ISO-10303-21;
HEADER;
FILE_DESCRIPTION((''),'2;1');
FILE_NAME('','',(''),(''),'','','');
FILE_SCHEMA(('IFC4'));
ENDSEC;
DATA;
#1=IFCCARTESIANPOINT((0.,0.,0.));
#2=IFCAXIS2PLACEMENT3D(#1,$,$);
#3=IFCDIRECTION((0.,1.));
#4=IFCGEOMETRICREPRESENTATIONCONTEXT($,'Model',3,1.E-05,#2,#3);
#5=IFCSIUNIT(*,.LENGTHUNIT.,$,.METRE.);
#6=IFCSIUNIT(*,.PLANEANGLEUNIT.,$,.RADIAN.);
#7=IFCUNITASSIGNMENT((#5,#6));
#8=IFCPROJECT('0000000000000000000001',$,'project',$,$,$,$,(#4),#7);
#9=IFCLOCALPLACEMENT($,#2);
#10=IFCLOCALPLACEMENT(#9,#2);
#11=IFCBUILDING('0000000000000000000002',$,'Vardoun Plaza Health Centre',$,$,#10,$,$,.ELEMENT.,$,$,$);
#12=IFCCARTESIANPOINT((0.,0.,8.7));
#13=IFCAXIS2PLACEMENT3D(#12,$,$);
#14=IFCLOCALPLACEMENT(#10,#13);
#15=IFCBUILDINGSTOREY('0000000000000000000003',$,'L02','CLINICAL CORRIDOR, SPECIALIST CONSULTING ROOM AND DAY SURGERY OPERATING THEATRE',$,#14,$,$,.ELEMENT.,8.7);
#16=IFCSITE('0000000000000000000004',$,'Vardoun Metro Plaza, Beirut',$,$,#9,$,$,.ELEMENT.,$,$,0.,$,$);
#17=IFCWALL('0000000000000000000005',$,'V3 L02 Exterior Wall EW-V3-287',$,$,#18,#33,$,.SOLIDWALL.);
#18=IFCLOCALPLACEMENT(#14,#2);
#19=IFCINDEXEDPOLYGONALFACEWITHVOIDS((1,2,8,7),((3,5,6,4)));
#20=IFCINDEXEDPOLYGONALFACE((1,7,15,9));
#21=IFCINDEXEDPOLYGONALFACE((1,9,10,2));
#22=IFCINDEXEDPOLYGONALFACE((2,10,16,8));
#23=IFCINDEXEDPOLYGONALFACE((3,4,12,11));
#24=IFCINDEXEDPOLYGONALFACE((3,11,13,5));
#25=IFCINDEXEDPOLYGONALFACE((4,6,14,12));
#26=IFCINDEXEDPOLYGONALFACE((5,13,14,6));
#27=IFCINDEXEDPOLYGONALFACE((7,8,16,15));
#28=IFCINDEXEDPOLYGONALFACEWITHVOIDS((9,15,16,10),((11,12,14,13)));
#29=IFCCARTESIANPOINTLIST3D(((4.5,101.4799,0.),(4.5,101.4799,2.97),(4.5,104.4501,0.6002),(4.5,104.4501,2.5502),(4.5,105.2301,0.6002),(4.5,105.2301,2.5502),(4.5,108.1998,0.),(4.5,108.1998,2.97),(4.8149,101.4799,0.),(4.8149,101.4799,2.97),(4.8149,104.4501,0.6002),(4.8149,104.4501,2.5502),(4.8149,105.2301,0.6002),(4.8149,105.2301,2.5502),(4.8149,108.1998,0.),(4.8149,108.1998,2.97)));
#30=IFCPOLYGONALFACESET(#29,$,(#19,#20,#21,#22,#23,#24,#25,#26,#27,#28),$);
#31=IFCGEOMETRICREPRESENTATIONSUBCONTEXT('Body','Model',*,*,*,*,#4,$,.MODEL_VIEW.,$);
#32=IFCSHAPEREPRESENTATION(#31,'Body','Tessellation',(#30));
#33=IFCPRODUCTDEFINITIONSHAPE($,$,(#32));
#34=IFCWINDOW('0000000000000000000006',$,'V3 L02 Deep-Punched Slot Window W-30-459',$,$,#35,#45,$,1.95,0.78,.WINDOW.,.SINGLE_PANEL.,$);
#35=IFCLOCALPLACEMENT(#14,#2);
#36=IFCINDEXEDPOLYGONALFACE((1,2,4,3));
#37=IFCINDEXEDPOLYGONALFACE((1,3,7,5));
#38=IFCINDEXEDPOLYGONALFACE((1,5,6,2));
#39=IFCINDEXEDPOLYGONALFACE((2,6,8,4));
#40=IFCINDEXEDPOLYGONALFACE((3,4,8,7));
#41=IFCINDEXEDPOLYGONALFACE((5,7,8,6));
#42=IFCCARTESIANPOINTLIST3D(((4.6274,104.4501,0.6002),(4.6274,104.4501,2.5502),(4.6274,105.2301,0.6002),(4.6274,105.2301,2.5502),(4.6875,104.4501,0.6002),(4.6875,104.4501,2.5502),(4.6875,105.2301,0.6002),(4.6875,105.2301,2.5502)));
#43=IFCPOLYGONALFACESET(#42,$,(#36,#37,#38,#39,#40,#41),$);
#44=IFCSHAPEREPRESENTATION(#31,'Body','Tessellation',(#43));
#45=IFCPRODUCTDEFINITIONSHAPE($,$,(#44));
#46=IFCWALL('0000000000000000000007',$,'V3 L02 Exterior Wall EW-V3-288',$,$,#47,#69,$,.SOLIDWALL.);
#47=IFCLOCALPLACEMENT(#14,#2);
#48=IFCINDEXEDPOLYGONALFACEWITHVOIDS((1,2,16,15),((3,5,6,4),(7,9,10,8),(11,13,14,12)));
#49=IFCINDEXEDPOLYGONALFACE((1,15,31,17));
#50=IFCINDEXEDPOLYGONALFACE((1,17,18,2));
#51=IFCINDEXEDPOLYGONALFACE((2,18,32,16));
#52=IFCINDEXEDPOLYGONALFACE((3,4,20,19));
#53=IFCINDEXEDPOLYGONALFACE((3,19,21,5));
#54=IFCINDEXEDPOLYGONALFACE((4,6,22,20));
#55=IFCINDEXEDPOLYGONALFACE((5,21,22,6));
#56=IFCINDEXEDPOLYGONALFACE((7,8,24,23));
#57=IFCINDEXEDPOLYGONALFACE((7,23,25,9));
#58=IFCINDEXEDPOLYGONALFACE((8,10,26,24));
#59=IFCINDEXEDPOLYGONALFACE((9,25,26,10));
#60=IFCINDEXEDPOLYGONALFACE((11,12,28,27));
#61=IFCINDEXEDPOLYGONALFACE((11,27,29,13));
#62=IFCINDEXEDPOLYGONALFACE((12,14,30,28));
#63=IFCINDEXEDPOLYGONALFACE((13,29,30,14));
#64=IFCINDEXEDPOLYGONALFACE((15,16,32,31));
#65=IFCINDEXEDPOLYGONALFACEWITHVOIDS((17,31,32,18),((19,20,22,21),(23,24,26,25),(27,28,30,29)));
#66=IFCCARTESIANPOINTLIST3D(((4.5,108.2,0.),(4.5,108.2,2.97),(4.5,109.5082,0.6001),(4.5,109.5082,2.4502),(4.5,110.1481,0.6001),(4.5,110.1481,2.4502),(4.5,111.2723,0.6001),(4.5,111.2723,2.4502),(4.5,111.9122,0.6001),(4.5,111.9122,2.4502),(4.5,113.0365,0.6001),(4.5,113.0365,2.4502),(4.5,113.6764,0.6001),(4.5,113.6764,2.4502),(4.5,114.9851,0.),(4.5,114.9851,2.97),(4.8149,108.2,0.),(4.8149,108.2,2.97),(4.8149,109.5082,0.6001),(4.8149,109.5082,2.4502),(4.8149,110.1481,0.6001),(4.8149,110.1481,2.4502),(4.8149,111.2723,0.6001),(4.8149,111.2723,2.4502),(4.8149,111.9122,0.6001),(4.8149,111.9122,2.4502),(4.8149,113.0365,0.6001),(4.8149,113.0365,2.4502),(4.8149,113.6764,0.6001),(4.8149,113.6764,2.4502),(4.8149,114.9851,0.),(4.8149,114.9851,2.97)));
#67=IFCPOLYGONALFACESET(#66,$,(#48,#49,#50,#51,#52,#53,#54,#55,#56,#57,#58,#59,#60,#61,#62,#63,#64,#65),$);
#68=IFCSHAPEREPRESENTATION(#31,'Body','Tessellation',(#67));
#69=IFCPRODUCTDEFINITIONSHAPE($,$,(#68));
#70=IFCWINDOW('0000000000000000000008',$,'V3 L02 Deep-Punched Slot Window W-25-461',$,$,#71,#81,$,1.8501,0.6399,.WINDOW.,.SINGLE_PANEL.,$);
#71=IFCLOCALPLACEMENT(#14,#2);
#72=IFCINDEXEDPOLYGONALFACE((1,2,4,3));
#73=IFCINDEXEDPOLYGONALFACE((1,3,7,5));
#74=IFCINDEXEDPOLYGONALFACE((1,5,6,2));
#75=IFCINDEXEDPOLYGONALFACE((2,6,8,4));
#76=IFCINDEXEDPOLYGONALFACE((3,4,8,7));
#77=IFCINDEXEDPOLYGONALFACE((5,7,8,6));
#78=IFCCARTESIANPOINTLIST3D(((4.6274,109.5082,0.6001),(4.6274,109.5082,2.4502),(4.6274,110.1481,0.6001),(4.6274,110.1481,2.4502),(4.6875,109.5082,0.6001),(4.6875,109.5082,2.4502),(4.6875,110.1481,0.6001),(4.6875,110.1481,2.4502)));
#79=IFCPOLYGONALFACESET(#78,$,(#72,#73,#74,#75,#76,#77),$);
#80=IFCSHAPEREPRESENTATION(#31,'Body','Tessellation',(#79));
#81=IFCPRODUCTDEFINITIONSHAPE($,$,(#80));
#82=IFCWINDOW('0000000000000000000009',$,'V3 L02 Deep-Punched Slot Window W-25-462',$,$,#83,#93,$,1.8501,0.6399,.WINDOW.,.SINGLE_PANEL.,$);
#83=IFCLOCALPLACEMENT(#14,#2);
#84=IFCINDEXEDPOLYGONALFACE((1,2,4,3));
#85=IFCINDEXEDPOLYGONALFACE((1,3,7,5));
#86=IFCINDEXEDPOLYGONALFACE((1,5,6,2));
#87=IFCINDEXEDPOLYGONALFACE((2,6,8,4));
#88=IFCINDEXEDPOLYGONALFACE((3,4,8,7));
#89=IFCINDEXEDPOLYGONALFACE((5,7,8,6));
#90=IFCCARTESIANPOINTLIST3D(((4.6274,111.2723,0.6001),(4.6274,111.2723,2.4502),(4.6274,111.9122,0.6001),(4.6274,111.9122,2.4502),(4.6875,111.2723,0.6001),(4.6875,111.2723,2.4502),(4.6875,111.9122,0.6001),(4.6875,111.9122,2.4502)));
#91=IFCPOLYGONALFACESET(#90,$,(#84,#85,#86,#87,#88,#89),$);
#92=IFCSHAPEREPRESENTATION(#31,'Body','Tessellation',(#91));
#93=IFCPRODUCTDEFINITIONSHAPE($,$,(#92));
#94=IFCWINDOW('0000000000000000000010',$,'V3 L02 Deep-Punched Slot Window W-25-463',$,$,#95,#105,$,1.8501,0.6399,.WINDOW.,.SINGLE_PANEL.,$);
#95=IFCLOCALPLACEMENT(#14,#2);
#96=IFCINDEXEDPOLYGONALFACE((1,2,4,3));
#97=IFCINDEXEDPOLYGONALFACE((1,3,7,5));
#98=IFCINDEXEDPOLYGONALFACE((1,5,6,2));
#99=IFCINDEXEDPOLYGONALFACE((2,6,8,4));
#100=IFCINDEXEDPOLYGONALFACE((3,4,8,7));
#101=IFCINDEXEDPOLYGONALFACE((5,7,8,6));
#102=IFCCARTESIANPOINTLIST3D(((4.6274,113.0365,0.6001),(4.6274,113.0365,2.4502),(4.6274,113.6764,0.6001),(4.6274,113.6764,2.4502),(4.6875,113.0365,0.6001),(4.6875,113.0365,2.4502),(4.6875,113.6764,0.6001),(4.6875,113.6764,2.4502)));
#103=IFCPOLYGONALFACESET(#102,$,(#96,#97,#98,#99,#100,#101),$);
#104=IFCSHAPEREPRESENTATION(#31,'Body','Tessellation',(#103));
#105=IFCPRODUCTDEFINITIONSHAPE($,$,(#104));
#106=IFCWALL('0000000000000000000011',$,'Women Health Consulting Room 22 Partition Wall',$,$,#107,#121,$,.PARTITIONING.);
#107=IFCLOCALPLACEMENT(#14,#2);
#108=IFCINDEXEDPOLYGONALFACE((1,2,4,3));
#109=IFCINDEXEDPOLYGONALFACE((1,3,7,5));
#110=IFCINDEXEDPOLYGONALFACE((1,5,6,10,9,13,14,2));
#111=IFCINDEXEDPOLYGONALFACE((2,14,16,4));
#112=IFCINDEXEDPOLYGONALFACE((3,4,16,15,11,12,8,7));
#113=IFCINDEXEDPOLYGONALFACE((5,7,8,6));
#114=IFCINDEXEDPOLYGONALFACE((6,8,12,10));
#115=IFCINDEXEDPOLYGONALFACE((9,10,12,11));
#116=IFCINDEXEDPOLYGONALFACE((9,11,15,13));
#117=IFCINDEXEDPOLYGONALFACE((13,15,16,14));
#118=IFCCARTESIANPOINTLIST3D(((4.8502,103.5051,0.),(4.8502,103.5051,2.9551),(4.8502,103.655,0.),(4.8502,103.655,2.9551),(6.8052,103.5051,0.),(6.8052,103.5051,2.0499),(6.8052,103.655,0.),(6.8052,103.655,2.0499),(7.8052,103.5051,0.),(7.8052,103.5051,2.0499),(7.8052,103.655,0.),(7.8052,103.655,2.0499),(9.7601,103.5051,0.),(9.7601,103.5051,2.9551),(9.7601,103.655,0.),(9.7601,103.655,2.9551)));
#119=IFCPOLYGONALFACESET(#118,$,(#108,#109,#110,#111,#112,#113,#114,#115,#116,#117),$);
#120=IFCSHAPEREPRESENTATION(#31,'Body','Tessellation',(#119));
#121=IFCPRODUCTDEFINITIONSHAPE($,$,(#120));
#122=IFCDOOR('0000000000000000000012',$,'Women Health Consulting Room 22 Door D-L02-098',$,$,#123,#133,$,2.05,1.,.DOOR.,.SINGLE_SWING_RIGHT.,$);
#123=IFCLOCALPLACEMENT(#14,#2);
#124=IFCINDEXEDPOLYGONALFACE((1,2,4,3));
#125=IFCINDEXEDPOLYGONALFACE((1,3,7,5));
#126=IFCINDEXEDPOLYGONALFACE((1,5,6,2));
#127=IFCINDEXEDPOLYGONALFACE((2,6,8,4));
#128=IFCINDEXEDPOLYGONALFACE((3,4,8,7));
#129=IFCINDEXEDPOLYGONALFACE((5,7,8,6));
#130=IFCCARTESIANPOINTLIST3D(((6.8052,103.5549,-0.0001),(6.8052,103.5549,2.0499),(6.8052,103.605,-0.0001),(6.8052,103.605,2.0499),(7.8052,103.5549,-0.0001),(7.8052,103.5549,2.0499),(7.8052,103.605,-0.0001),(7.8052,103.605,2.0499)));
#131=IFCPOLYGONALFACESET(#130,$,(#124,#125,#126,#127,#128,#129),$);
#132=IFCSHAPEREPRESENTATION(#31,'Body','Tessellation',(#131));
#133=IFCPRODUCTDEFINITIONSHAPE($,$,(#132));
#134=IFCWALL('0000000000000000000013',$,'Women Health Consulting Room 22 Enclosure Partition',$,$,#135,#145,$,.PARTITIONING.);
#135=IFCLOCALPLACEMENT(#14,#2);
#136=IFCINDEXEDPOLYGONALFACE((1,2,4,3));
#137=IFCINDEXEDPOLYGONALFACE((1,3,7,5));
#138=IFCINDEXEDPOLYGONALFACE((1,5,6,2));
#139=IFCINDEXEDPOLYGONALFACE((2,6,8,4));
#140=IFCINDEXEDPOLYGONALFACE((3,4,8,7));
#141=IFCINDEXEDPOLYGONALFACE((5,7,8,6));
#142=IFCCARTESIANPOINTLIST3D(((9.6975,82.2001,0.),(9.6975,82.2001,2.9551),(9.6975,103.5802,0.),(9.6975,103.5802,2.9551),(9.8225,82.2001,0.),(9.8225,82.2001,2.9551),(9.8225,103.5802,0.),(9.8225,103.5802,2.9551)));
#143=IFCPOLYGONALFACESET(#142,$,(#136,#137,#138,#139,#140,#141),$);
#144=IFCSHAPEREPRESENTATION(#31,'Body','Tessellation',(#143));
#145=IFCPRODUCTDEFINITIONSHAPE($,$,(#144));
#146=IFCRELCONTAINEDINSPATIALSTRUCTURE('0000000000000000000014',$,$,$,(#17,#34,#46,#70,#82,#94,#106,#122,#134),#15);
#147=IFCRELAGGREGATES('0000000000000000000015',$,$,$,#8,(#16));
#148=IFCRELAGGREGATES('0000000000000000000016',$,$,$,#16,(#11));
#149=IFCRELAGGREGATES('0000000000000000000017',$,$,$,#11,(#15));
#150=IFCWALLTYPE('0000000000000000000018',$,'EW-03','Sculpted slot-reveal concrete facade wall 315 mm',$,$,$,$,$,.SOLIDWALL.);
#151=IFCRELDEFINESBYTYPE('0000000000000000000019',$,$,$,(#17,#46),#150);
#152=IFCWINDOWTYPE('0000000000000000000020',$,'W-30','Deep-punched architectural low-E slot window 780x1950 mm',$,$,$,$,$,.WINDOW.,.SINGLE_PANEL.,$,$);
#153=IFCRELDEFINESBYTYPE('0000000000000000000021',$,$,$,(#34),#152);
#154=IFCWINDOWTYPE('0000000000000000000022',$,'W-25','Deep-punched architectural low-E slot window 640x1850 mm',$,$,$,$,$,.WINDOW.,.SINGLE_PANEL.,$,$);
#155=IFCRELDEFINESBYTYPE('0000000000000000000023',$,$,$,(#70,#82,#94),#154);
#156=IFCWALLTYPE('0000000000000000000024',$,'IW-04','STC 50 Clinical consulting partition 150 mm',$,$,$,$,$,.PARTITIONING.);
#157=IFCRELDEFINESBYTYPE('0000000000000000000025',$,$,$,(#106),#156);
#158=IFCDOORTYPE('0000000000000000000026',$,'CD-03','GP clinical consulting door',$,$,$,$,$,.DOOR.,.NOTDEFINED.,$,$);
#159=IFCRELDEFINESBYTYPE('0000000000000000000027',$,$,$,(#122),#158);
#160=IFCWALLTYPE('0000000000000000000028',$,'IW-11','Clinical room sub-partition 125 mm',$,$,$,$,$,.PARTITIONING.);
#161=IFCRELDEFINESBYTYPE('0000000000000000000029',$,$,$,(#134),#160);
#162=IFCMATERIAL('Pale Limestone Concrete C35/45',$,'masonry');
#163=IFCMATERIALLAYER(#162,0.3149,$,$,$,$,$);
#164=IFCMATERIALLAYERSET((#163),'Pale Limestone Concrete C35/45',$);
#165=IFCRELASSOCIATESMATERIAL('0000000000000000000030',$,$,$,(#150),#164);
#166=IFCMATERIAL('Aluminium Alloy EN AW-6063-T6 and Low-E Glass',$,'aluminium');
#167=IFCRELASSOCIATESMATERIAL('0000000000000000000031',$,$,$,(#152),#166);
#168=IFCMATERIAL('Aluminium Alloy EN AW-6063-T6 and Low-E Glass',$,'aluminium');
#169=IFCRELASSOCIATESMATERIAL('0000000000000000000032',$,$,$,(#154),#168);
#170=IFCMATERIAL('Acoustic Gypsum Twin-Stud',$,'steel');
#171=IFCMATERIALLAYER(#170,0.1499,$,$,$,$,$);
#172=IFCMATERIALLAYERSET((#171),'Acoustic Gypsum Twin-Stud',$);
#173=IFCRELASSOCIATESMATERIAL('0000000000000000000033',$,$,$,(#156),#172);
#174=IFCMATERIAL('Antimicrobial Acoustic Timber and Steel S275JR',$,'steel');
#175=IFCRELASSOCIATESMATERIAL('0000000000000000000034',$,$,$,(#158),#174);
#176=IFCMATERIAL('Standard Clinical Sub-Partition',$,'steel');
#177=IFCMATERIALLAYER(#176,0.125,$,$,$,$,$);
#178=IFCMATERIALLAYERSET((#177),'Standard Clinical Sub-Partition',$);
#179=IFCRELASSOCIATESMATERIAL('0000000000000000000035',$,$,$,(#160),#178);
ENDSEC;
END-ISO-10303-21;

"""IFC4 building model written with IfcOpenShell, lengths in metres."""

from ifc_helpers import new_model, si_unit, direction, frame, frame_2d, origin, place, context, subcontext, project, spatial, rectangle, extrude, material, layer, layer_set, type_object, element, fill, save


model = new_model("IFC4")

# Units and contexts
model_context = context("Model", 3, precision=1e-05, world=origin(), true_north=direction((0.0, 1.0)))
body_context = subcontext(model_context, "Body", "Model", "MODEL_VIEW")
ifc_project = project(units=[si_unit("LENGTHUNIT", "METRE"), si_unit("PLANEANGLEUNIT", "RADIAN")], contexts=[model_context])

# Site, building, storey
site_placement = place(None, origin())
site = spatial("IfcSite", under=ifc_project, at=site_placement, Name="Vardoun Metro Plaza, Beirut", CompositionType="ELEMENT", RefElevation=0.0)
building_placement = place(site_placement, origin())
building = spatial("IfcBuilding", under=site, at=building_placement, Name="Vardoun Plaza Health Centre", CompositionType="ELEMENT")
storey_placement = place(building_placement, frame((0.0, 0.0, 8.7)))
storey = spatial("IfcBuildingStorey", under=building, at=storey_placement, Name="L02", Description="CLINICAL CORRIDOR, SPECIALIST CONSULTING ROOM AND DAY SURGERY OPERATING THEATRE", CompositionType="ELEMENT", Elevation=8.7)

# Wall, opening, window
ifc_material_1 = material(Name="Pale Limestone Concrete C35/45", Category="masonry")
ifc_layer_1 = layer(ifc_material_1, 0.3149)
ifc_layer_set_1 = layer_set([ifc_layer_1], Name="Pale Limestone Concrete C35/45")
wall_type_1 = type_object("IfcWallType", Name="EW-03", Description="Sculpted slot-reveal concrete facade wall 315 mm", PredefinedType="SOLIDWALL", material=ifc_layer_set_1)
wall_1_placement = place(storey_placement, frame((4.6575, 101.48, 0.0), z_axis=(0.0, 0.0, 1.0), x_axis=(0.0, 1.0, 0.0)))
wall_1 = element("IfcWall", 1, at=wall_1_placement, inside=storey, type_object=wall_type_1, Name="V3 L02 Exterior Wall EW-V3-287", PredefinedType="SOLIDWALL", context=body_context, shape_type="SweptSolid", body=[
    extrude(rectangle(XDim=6.72, YDim=0.3149, at=frame_2d((3.3599, 0.0))), origin(), (0.0, 0.0, 1.0), 2.97),
])
opening_1_placement = place(wall_1_placement, frame((2.97, 0.0, 0.6001)))
opening_1 = element("IfcOpeningElement", 2, at=opening_1_placement, cuts=wall_1, PredefinedType="OPENING", context=body_context, shape_type="SweptSolid", body=[
    extrude(rectangle(XDim=0.78, YDim=1.95, at=frame_2d((0.3901, 0.9751))), frame((0.0, 0.1575, 0.0), z_axis=(0.0, -1.0, 0.0), x_axis=(1.0, 0.0, 0.0)), (0.0, 0.0, 1.0), 0.3149),
])
ifc_material_2 = material(Name="Aluminium Alloy EN AW-6063-T6 and Low-E Glass", Category="aluminium")
window_type_1 = type_object("IfcWindowType", Name="W-30", Description="Deep-punched architectural low-E slot window 780x1950 mm", PartitioningType="SINGLE_PANEL", PredefinedType="WINDOW", material=ifc_material_2)
window_1_placement = place(opening_1_placement, origin())
window_1 = element("IfcWindow", 3, at=window_1_placement, inside=storey, type_object=window_type_1, Name="V3 L02 Deep-Punched Slot Window W-30-459", OverallHeight=1.95, OverallWidth=0.78, PartitioningType="SINGLE_PANEL", PredefinedType="WINDOW", context=body_context, shape_type="SweptSolid", body=[
    extrude(rectangle(XDim=0.78, YDim=1.95, at=frame_2d((0.3901, 0.9751))), frame((0.0, 0.03, 0.0), z_axis=(0.0, -1.0, 0.0), x_axis=(1.0, 0.0, 0.0)), (0.0, 0.0, 1.0), 0.0601),
])
fill(opening_1, window_1)

# Wall, openings, windows
wall_2_placement = place(storey_placement, frame((4.6575, 108.2, 0.0), z_axis=(0.0, 0.0, 1.0), x_axis=(0.0, 1.0, 0.0)))
wall_2 = element("IfcWall", 4, at=wall_2_placement, inside=storey, type_object=wall_type_1, Name="V3 L02 Exterior Wall EW-V3-288", PredefinedType="SOLIDWALL", context=body_context, shape_type="SweptSolid", body=[
    extrude(rectangle(XDim=6.7852, YDim=0.3149, at=frame_2d((3.3926, 0.0))), origin(), (0.0, 0.0, 1.0), 2.97),
])
opening_2_placement = place(wall_2_placement, frame((1.3083, 0.0, 0.6001)))
opening_2 = element("IfcOpeningElement", 5, at=opening_2_placement, cuts=wall_2, PredefinedType="OPENING", context=body_context, shape_type="SweptSolid", body=[
    extrude(rectangle(XDim=0.6399, YDim=1.8501, at=frame_2d((0.3198, 0.925))), frame((0.0, 0.1575, 0.0), z_axis=(0.0, -1.0, 0.0), x_axis=(1.0, 0.0, 0.0)), (0.0, 0.0, 1.0), 0.3149),
])
opening_3_placement = place(wall_2_placement, frame((3.0725, 0.0, 0.6001)))
opening_3 = element("IfcOpeningElement", 6, at=opening_3_placement, cuts=wall_2, PredefinedType="OPENING", context=body_context, shape_type="SweptSolid", body=[
    extrude(rectangle(XDim=0.6399, YDim=1.8501, at=frame_2d((0.3198, 0.925))), frame((0.0, 0.1575, 0.0), z_axis=(0.0, -1.0, 0.0), x_axis=(1.0, 0.0, 0.0)), (0.0, 0.0, 1.0), 0.3149),
])
opening_4_placement = place(wall_2_placement, frame((4.8367, 0.0, 0.6001)))
opening_4 = element("IfcOpeningElement", 7, at=opening_4_placement, cuts=wall_2, PredefinedType="OPENING", context=body_context, shape_type="SweptSolid", body=[
    extrude(rectangle(XDim=0.6399, YDim=1.8501, at=frame_2d((0.3198, 0.925))), frame((0.0, 0.1575, 0.0), z_axis=(0.0, -1.0, 0.0), x_axis=(1.0, 0.0, 0.0)), (0.0, 0.0, 1.0), 0.3149),
])
ifc_material_3 = material(Name="Aluminium Alloy EN AW-6063-T6 and Low-E Glass", Category="aluminium")
window_type_2 = type_object("IfcWindowType", Name="W-25", Description="Deep-punched architectural low-E slot window 640x1850 mm", PartitioningType="SINGLE_PANEL", PredefinedType="WINDOW", material=ifc_material_3)
window_2_placement = place(opening_2_placement, origin())
window_2 = element("IfcWindow", 8, at=window_2_placement, inside=storey, type_object=window_type_2, Name="V3 L02 Deep-Punched Slot Window W-25-461", OverallHeight=1.8501, OverallWidth=0.6399, PartitioningType="SINGLE_PANEL", PredefinedType="WINDOW", context=body_context, shape_type="SweptSolid", body=[
    extrude(rectangle(XDim=0.6399, YDim=1.8501, at=frame_2d((0.3198, 0.925))), frame((0.0, 0.03, 0.0), z_axis=(0.0, -1.0, 0.0), x_axis=(1.0, 0.0, 0.0)), (0.0, 0.0, 1.0), 0.0601),
])
fill(opening_2, window_2)
window_3_placement = place(opening_3_placement, origin())
window_3 = element("IfcWindow", 9, at=window_3_placement, inside=storey, type_object=window_type_2, Name="V3 L02 Deep-Punched Slot Window W-25-462", OverallHeight=1.8501, OverallWidth=0.6399, PartitioningType="SINGLE_PANEL", PredefinedType="WINDOW", context=body_context, shape_type="SweptSolid", body=[
    extrude(rectangle(XDim=0.6399, YDim=1.8501, at=frame_2d((0.3198, 0.925))), frame((0.0, 0.03, 0.0), z_axis=(0.0, -1.0, 0.0), x_axis=(1.0, 0.0, 0.0)), (0.0, 0.0, 1.0), 0.0601),
])
fill(opening_3, window_3)
window_4_placement = place(opening_4_placement, origin())
window_4 = element("IfcWindow", 10, at=window_4_placement, inside=storey, type_object=window_type_2, Name="V3 L02 Deep-Punched Slot Window W-25-463", OverallHeight=1.8501, OverallWidth=0.6399, PartitioningType="SINGLE_PANEL", PredefinedType="WINDOW", context=body_context, shape_type="SweptSolid", body=[
    extrude(rectangle(XDim=0.6399, YDim=1.8501, at=frame_2d((0.3198, 0.925))), frame((0.0, 0.03, 0.0), z_axis=(0.0, -1.0, 0.0), x_axis=(1.0, 0.0, 0.0)), (0.0, 0.0, 1.0), 0.0601),
])
fill(opening_4, window_4)

# Wall, opening, door
ifc_material_4 = material(Name="Acoustic Gypsum Twin-Stud", Category="steel")
ifc_layer_2 = layer(ifc_material_4, 0.1499)
ifc_layer_set_2 = layer_set([ifc_layer_2], Name="Acoustic Gypsum Twin-Stud")
wall_type_2 = type_object("IfcWallType", Name="IW-04", Description="STC 50 Clinical consulting partition 150 mm", PredefinedType="PARTITIONING", material=ifc_layer_set_2)
wall_3_placement = place(storey_placement, frame((4.8501, 103.5801, 0.0), z_axis=(0.0, 0.0, 1.0), x_axis=(1.0, 0.0, 0.0)))
wall_3 = element("IfcWall", 11, at=wall_3_placement, inside=storey, type_object=wall_type_2, Name="Women Health Consulting Room 22 Partition Wall", PredefinedType="PARTITIONING", context=body_context, shape_type="SweptSolid", body=[
    extrude(rectangle(XDim=4.9099, YDim=0.1499, at=frame_2d((2.4551, 0.0))), origin(), (0.0, 0.0, 1.0), 2.9551),
])
opening_5_placement = place(wall_3_placement, frame((1.9551, 0.0, 0.0)))
opening_5 = element("IfcOpeningElement", 12, at=opening_5_placement, cuts=wall_3, PredefinedType="OPENING", context=body_context, shape_type="SweptSolid", body=[
    extrude(rectangle(XDim=1.0, YDim=2.05, at=frame_2d((0.5, 1.0249))), frame((0.0, 0.075, 0.0), z_axis=(0.0, -1.0, 0.0), x_axis=(1.0, 0.0, 0.0)), (0.0, 0.0, 1.0), 0.1499),
])
ifc_material_5 = material(Name="Antimicrobial Acoustic Timber and Steel S275JR", Category="steel")
door_type_1 = type_object("IfcDoorType", Name="CD-03", Description="GP clinical consulting door", OperationType="NOTDEFINED", PredefinedType="DOOR", material=ifc_material_5)
door_1_placement = place(opening_5_placement, origin())
door_1 = element("IfcDoor", 13, at=door_1_placement, inside=storey, type_object=door_type_1, Name="Women Health Consulting Room 22 Door D-L02-098", OperationType="SINGLE_SWING_RIGHT", OverallHeight=2.05, OverallWidth=1.0, PredefinedType="DOOR", context=body_context, shape_type="SweptSolid", body=[
    extrude(rectangle(XDim=1.0, YDim=2.05, at=frame_2d((0.5, 1.0249))), frame((0.0, 0.0249, 0.0), z_axis=(0.0, -1.0, 0.0), x_axis=(1.0, 0.0, 0.0)), (0.0, 0.0, 1.0), 0.05),
])
fill(opening_5, door_1)

# Wall
ifc_material_6 = material(Name="Standard Clinical Sub-Partition", Category="steel")
ifc_layer_3 = layer(ifc_material_6, 0.125)
ifc_layer_set_3 = layer_set([ifc_layer_3], Name="Standard Clinical Sub-Partition")
wall_type_3 = type_object("IfcWallType", Name="IW-11", Description="Clinical room sub-partition 125 mm", PredefinedType="PARTITIONING", material=ifc_layer_set_3)
wall_4_placement = place(storey_placement, frame((9.76, 103.5801, 0.0), z_axis=(0.0, 0.0, 1.0), x_axis=(0.0, -1.0, 0.0)))
element("IfcWall", 14, at=wall_4_placement, inside=storey, type_object=wall_type_3, Name="Women Health Consulting Room 22 Enclosure Partition", PredefinedType="PARTITIONING", context=body_context, shape_type="SweptSolid", body=[
    extrude(rectangle(XDim=21.3801, YDim=0.125, at=frame_2d((10.6899, 0.0))), origin(), (0.0, 0.0, 1.0), 2.9551),
])

save(model, "model.ifc")
